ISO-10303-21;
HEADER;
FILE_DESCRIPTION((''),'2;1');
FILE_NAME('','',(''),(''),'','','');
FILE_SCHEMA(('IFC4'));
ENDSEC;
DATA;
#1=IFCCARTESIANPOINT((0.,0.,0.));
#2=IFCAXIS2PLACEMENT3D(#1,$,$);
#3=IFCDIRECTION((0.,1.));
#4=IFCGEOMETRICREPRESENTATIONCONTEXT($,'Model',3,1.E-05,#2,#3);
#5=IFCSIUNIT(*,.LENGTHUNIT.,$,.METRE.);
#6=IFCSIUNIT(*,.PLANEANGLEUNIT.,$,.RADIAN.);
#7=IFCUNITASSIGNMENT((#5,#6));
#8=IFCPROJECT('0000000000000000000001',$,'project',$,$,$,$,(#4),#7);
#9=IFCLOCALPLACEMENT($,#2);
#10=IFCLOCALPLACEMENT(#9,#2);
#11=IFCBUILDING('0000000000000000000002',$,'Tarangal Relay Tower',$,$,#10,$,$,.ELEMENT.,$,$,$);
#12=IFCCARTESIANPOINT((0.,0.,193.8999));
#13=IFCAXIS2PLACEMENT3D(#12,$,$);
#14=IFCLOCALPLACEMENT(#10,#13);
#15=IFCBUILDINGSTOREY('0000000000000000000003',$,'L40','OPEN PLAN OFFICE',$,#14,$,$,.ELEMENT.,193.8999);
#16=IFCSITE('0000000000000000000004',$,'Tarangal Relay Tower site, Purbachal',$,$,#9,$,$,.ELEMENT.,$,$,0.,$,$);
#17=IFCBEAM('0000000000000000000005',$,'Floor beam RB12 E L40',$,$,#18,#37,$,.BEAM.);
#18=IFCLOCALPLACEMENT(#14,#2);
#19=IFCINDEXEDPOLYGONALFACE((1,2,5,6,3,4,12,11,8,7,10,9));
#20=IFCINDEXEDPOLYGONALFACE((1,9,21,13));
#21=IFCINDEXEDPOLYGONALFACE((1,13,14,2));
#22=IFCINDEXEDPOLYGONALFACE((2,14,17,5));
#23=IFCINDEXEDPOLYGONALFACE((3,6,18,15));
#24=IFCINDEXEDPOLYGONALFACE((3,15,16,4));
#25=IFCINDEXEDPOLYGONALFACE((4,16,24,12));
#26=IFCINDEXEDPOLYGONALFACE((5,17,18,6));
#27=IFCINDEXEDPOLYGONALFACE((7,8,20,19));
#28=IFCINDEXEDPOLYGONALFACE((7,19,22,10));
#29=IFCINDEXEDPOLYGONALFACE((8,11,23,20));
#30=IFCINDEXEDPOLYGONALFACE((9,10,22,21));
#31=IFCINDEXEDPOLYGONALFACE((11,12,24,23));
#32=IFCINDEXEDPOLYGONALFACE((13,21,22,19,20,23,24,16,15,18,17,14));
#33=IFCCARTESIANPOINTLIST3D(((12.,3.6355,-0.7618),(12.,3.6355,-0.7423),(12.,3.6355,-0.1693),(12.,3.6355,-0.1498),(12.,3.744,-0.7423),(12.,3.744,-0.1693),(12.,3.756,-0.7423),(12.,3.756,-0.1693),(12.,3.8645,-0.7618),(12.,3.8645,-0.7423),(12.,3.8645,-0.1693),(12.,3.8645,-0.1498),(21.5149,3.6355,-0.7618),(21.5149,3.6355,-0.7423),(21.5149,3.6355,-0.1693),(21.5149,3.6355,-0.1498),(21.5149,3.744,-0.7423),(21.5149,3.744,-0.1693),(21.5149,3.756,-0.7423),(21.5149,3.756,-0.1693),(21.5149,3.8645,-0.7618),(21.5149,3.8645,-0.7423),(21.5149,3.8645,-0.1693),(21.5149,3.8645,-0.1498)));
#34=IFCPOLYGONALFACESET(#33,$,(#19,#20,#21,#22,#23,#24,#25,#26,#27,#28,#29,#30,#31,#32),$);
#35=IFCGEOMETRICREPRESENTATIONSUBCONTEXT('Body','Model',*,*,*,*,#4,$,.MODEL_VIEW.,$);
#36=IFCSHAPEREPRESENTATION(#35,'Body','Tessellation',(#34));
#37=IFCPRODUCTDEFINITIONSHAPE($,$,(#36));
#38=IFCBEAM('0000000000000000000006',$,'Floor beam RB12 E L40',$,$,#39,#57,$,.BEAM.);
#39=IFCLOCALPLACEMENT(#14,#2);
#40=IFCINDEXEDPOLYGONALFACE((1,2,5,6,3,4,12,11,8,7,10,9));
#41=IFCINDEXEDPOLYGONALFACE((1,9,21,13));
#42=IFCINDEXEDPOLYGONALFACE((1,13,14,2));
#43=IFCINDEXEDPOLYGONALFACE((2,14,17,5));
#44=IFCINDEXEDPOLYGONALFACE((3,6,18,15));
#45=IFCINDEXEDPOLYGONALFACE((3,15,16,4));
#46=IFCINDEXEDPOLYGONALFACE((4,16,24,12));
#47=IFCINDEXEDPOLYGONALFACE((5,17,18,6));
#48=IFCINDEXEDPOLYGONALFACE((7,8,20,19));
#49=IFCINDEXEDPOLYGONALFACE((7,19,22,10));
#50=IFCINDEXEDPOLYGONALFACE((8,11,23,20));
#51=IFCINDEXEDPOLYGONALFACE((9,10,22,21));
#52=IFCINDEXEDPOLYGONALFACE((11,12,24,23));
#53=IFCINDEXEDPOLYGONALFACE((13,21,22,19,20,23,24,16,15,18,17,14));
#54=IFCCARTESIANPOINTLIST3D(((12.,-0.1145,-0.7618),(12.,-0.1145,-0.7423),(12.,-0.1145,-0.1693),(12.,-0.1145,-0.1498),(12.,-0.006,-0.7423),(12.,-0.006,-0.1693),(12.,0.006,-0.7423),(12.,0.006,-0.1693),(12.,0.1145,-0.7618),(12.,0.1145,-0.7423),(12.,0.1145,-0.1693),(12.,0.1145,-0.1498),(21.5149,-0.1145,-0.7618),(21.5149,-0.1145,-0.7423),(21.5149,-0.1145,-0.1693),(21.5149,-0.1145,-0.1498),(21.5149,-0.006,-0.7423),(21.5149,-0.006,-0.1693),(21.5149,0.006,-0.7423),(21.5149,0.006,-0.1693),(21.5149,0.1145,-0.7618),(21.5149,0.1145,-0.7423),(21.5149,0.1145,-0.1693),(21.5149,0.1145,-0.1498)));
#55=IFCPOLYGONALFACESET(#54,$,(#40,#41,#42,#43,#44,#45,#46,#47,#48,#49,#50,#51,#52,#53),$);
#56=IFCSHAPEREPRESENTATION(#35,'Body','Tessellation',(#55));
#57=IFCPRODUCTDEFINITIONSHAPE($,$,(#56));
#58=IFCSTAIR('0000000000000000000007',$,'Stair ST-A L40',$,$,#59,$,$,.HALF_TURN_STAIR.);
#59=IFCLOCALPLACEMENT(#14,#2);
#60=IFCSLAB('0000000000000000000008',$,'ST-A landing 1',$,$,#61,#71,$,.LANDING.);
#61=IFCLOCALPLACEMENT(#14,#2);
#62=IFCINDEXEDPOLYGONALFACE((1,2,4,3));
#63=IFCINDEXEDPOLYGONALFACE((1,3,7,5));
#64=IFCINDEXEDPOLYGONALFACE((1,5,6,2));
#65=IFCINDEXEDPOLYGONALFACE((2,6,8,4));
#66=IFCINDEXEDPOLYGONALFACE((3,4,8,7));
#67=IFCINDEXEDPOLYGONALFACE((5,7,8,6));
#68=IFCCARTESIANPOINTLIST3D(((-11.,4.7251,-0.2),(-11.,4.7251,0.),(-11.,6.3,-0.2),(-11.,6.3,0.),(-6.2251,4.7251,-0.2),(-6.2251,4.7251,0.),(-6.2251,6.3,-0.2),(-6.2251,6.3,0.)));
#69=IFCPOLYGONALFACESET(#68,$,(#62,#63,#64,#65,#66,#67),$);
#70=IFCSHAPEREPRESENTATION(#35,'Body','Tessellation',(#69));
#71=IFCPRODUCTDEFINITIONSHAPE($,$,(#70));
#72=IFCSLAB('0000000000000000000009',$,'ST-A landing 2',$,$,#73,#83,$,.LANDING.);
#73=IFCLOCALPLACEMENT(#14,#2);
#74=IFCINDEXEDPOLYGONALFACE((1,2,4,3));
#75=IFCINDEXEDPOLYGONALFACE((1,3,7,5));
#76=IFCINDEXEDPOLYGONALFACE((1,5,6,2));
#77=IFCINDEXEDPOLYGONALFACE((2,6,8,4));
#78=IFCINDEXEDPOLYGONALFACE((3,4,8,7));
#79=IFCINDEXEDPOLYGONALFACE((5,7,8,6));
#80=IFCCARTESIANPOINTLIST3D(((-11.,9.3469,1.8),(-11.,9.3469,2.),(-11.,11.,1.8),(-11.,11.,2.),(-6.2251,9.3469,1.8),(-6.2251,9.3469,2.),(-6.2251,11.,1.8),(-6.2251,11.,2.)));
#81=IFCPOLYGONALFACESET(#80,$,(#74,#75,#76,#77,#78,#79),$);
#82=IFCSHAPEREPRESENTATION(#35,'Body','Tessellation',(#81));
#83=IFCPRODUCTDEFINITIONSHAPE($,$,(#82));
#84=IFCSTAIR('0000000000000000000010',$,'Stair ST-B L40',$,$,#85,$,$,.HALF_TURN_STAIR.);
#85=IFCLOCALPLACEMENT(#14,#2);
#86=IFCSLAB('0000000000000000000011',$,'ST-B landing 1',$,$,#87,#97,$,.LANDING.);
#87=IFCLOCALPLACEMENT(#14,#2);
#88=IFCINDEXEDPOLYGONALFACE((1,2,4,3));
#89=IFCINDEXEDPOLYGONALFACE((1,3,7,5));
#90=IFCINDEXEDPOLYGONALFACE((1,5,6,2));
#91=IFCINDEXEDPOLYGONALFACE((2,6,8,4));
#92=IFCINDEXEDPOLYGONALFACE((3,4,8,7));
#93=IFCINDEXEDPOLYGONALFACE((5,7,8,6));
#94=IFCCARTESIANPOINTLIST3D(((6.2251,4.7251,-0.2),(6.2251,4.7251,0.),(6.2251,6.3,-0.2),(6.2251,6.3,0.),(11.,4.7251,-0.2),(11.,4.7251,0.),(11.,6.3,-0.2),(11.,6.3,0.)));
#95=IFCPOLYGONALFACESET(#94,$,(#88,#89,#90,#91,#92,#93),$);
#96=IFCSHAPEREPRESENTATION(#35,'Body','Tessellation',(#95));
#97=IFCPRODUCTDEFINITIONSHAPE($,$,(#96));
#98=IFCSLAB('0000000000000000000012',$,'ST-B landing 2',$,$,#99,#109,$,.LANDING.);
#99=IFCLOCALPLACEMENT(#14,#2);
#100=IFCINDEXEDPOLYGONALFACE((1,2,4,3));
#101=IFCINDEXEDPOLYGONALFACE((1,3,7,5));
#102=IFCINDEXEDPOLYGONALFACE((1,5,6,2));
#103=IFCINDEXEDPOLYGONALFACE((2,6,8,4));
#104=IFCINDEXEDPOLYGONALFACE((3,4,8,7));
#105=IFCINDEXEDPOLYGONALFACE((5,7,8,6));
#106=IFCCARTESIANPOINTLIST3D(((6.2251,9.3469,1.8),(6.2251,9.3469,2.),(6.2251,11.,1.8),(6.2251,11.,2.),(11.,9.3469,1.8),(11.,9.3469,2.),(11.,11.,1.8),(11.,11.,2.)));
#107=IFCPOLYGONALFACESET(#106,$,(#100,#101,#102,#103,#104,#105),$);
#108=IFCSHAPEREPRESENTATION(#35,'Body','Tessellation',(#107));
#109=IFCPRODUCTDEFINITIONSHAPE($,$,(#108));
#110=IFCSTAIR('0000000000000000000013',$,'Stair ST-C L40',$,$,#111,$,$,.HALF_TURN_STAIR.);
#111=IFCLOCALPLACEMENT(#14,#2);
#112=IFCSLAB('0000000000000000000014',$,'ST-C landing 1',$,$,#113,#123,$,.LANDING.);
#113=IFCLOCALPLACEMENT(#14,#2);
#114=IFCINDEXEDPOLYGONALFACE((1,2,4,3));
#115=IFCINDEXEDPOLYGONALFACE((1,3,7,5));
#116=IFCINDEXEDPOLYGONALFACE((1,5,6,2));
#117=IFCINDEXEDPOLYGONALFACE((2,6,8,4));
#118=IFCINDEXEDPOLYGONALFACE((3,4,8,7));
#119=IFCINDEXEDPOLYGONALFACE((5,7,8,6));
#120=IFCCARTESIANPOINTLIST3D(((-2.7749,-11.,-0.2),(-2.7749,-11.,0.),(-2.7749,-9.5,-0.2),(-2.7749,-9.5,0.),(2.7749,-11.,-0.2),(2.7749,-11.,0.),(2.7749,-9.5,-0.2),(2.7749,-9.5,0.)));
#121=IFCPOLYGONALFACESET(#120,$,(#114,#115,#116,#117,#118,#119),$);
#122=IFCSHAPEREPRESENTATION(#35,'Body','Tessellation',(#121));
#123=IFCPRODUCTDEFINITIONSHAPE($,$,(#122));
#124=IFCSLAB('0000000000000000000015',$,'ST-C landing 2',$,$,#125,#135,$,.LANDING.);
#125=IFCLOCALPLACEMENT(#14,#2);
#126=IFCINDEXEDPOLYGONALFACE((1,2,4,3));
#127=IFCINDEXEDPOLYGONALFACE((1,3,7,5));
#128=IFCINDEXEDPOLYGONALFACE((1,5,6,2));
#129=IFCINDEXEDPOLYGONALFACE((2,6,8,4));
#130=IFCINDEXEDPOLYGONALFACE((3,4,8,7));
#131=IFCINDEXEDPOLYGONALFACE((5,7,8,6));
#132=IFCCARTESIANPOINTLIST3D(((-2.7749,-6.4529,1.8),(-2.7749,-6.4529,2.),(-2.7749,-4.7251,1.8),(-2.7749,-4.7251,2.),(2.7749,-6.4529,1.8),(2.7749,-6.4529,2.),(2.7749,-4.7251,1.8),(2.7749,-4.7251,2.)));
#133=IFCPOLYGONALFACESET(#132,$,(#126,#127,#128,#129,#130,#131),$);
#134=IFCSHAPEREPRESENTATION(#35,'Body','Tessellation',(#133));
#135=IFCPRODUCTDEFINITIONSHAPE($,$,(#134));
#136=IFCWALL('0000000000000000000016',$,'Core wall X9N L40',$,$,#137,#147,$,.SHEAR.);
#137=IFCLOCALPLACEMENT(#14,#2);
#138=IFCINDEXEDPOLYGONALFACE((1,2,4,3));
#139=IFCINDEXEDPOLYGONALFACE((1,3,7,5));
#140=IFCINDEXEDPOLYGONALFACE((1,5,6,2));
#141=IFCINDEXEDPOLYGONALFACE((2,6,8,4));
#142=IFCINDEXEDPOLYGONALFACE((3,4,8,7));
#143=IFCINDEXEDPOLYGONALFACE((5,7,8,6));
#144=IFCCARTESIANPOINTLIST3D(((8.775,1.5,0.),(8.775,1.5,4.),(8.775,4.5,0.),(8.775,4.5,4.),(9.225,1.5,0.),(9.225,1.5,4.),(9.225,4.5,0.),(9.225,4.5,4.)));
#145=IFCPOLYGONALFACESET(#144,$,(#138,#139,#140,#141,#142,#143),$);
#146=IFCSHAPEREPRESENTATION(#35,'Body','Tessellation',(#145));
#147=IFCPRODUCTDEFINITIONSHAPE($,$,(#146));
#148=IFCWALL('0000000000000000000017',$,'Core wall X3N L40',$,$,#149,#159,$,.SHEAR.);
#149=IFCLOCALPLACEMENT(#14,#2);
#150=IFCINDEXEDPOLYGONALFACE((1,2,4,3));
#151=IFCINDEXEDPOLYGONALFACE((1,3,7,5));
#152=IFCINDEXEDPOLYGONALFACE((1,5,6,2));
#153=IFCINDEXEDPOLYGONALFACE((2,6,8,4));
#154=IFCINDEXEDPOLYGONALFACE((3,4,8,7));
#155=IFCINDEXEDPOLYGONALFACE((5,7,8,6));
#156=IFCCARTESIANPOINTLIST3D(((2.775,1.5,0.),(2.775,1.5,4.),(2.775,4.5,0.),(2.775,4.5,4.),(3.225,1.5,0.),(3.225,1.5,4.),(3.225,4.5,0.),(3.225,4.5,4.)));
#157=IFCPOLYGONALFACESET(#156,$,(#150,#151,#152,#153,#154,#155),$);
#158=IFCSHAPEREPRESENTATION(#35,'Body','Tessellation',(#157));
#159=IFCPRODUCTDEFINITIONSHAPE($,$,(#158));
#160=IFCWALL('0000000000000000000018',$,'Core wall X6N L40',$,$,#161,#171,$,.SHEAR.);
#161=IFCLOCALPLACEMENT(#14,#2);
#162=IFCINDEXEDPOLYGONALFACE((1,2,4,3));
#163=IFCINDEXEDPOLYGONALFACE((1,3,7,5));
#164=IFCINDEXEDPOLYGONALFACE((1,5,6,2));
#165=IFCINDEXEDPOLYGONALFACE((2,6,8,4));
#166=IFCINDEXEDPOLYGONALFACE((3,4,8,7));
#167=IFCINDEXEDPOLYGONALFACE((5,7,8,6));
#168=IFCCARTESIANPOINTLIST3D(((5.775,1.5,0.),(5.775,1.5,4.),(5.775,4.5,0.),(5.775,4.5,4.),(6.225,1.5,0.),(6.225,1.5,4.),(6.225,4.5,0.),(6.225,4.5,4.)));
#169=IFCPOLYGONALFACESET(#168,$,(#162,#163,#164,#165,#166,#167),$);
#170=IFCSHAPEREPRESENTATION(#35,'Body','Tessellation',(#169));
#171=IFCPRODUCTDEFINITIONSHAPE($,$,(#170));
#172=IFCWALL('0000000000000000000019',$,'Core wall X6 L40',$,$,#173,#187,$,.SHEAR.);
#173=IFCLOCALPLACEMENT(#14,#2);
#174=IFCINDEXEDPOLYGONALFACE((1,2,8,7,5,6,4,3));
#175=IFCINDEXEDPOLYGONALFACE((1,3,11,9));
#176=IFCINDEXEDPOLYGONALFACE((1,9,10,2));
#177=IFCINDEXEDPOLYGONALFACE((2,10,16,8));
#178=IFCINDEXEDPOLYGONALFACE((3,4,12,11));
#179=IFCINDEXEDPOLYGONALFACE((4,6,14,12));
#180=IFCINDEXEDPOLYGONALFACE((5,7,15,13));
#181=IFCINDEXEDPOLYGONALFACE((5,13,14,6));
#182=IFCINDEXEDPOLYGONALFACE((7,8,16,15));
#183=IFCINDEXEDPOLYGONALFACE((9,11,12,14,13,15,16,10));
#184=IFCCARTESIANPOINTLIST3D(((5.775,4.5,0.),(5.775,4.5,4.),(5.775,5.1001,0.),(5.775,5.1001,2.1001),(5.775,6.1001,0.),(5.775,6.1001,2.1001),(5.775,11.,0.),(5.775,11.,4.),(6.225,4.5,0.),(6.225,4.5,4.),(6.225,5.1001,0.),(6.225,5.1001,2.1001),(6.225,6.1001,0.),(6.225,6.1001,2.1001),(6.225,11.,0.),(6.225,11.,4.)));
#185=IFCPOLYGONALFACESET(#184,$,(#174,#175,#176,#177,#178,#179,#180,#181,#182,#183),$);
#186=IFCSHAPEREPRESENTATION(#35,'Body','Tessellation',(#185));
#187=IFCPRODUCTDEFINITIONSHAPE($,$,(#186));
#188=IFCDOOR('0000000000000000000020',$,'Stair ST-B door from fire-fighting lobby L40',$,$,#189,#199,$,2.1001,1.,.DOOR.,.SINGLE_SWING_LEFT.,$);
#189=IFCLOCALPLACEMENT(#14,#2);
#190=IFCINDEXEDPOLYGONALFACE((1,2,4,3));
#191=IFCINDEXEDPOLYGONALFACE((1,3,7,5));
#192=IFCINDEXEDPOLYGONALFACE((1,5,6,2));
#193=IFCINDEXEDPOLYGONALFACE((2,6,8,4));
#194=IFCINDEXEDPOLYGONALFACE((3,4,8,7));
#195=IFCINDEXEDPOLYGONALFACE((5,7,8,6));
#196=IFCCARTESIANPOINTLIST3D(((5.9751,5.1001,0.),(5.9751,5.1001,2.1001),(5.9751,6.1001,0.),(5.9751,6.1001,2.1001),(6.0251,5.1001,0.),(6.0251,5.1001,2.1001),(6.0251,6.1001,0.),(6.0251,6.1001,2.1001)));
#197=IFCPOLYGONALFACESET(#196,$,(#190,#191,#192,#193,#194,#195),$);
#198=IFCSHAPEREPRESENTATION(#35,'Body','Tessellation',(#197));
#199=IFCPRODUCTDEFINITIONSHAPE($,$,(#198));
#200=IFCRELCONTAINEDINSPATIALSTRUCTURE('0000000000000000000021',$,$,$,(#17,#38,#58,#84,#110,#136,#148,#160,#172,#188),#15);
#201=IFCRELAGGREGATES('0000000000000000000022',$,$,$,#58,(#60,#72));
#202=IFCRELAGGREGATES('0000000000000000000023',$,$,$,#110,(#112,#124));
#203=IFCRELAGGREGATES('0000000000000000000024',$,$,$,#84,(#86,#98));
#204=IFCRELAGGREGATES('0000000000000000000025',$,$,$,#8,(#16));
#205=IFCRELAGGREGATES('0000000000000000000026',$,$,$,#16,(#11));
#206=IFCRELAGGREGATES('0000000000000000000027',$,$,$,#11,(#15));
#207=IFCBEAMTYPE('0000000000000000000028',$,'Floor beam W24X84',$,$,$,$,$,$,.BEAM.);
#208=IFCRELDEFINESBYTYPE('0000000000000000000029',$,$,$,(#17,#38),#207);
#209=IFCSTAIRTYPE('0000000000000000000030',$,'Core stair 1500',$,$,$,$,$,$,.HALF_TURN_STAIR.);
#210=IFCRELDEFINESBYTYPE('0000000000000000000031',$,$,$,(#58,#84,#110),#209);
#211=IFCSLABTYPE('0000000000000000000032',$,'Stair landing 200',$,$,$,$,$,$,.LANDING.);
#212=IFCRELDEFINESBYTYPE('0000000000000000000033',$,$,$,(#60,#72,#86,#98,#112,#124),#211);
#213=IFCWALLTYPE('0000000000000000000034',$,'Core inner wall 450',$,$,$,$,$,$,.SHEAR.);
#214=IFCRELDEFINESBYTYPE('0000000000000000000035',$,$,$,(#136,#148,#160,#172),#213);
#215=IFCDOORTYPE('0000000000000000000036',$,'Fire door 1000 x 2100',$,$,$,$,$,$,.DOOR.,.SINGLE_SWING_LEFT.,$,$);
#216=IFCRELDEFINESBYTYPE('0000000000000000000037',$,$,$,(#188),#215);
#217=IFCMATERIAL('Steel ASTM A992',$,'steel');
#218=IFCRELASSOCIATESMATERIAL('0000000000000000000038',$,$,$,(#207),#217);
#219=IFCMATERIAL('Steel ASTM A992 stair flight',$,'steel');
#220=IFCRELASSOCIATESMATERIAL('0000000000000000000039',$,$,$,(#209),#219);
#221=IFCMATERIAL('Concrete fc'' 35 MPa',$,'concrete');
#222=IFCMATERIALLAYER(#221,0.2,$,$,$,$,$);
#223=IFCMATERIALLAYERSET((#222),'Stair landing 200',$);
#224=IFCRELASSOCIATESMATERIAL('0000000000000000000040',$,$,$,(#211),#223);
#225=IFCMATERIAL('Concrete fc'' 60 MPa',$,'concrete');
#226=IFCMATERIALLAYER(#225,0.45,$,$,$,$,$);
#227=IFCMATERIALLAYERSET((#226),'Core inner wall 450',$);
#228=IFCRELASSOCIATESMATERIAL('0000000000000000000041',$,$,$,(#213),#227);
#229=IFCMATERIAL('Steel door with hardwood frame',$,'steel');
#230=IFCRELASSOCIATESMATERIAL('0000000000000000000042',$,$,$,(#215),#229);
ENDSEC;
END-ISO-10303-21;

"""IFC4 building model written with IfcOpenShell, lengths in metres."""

from ifc_helpers import new_model, si_unit, direction, frame, frame_2d, origin, origin_2d, place, context, subcontext, project, spatial, polyline, rectangle, i_section, outline, extrude, material, layer, layer_set, material_profile, profile_set, type_object, element, fill, aggregate, save


model = new_model("IFC4")

# Units and contexts
model_context = context("Model", 3, precision=1e-05, world=origin(), true_north=direction((0.0, 1.0)))
body_context = subcontext(model_context, "Body", "Model", "MODEL_VIEW")
ifc_project = project(units=[si_unit("LENGTHUNIT", "METRE"), si_unit("PLANEANGLEUNIT", "RADIAN")], contexts=[model_context])

# Site, building, storey
site_placement = place(None, origin())
site = spatial("IfcSite", under=ifc_project, at=site_placement, Name="Tarangal Relay Tower site, Purbachal", CompositionType="ELEMENT", RefElevation=0.0)
building_placement = place(site_placement, origin())
building = spatial("IfcBuilding", under=site, at=building_placement, Name="Tarangal Relay Tower", CompositionType="ELEMENT")
storey_placement = place(building_placement, frame((0.0, 0.0, 193.8999)))
storey = spatial("IfcBuildingStorey", under=building, at=storey_placement, Name="L40", Description="OPEN PLAN OFFICE", CompositionType="ELEMENT", Elevation=193.8999)

# Beams
ifc_material_1 = material(Name="Steel ASTM A992", Category="steel")
ifc_material_profile = material_profile(ifc_material_1, i_section(OverallWidth=0.229, OverallDepth=0.6121, WebThickness=0.012, FlangeThickness=0.0195, at=origin_2d()), Name="W24X84")
ifc_profile_set = profile_set([ifc_material_profile], Name="Steel ASTM A992")
beam_type = type_object("IfcBeamType", Name="Floor beam W24X84", PredefinedType="BEAM", material=ifc_profile_set)
for number, where, z_axis, x_axis, name in (
    (1, (12.0, 3.75, -0.4558), (1.0, 0.0, 0.0), (0.0, 1.0, 0.0), "Floor beam RB12 E L40"),
    (2, (12.0, 0.0, -0.4558), (1.0, 0.0, 0.0), (0.0, 1.0, 0.0), "Floor beam RB12 E L40"),
):
    element("IfcBeam", number, at=place(storey_placement, frame(where, z_axis=z_axis, x_axis=x_axis)), inside=storey, type_object=beam_type, Name=name, PredefinedType="BEAM", context=body_context, shape_type="SweptSolid", body=[
        extrude(i_section(OverallWidth=0.229, OverallDepth=0.6121, WebThickness=0.012, FlangeThickness=0.0195, at=origin_2d()), origin(), (0.0, 0.0, 1.0), 9.5149),
    ])

# Stairs, slabs
ifc_material_2 = material(Name="Steel ASTM A992 stair flight", Category="steel")
stair_type = type_object("IfcStairType", Name="Core stair 1500", PredefinedType="HALF_TURN_STAIR", material=ifc_material_2)
stair_1_placement = place(storey_placement, origin())
stair_1 = element("IfcStair", 3, at=stair_1_placement, inside=storey, type_object=stair_type, Name="Stair ST-A L40", PredefinedType="HALF_TURN_STAIR")
ifc_material_3 = material(Name="Concrete fc' 35 MPa", Category="concrete")
ifc_layer_1 = layer(ifc_material_3, 0.2)
ifc_layer_set_1 = layer_set([ifc_layer_1], Name="Stair landing 200")
slab_type = type_object("IfcSlabType", Name="Stair landing 200", PredefinedType="LANDING", material=ifc_layer_set_1)
slab_1_placement = place(storey_placement, frame((0.0, 0.0, -0.2)))
slab_1 = element("IfcSlab", 4, at=slab_1_placement, type_object=slab_type, Name="ST-A landing 1", PredefinedType="LANDING", context=body_context, shape_type="SweptSolid", body=[
    extrude(outline(polyline([(-11.0, 4.7251), (-6.2251, 4.7251), (-6.2251, 6.3), (-11.0, 6.3), (-11.0, 4.7251)])), origin(), (0.0, 0.0, 1.0), 0.2),
])
slab_2_placement = place(storey_placement, frame((0.0, 0.0, 1.8)))
slab_2 = element("IfcSlab", 5, at=slab_2_placement, type_object=slab_type, Name="ST-A landing 2", PredefinedType="LANDING", context=body_context, shape_type="SweptSolid", body=[
    extrude(outline(polyline([(-11.0, 9.3469), (-6.2251, 9.3469), (-6.2251, 11.0), (-11.0, 11.0), (-11.0, 9.3469)])), origin(), (0.0, 0.0, 1.0), 0.2),
])
aggregate(stair_1, [slab_1, slab_2])
stair_2_placement = place(storey_placement, origin())
stair_2 = element("IfcStair", 6, at=stair_2_placement, inside=storey, type_object=stair_type, Name="Stair ST-B L40", PredefinedType="HALF_TURN_STAIR")
slab_3_placement = place(storey_placement, frame((0.0, 0.0, -0.2)))
slab_3 = element("IfcSlab", 7, at=slab_3_placement, type_object=slab_type, Name="ST-B landing 1", PredefinedType="LANDING", context=body_context, shape_type="SweptSolid", body=[
    extrude(outline(polyline([(6.2251, 4.7251), (11.0, 4.7251), (11.0, 6.3), (6.2251, 6.3), (6.2251, 4.7251)])), origin(), (0.0, 0.0, 1.0), 0.2),
])
slab_4_placement = place(storey_placement, frame((0.0, 0.0, 1.8)))
slab_4 = element("IfcSlab", 8, at=slab_4_placement, type_object=slab_type, Name="ST-B landing 2", PredefinedType="LANDING", context=body_context, shape_type="SweptSolid", body=[
    extrude(outline(polyline([(6.2251, 9.3469), (11.0, 9.3469), (11.0, 11.0), (6.2251, 11.0), (6.2251, 9.3469)])), origin(), (0.0, 0.0, 1.0), 0.2),
])
stair_3_placement = place(storey_placement, origin())
stair_3 = element("IfcStair", 9, at=stair_3_placement, inside=storey, type_object=stair_type, Name="Stair ST-C L40", PredefinedType="HALF_TURN_STAIR")
slab_5_placement = place(storey_placement, frame((0.0, 0.0, -0.2)))
slab_5 = element("IfcSlab", 10, at=slab_5_placement, type_object=slab_type, Name="ST-C landing 1", PredefinedType="LANDING", context=body_context, shape_type="SweptSolid", body=[
    extrude(outline(polyline([(-2.7749, -11.0), (2.7749, -11.0), (2.7749, -9.5), (-2.7749, -9.5), (-2.7749, -11.0)])), origin(), (0.0, 0.0, 1.0), 0.2),
])
slab_6_placement = place(storey_placement, frame((0.0, 0.0, 1.8)))
slab_6 = element("IfcSlab", 11, at=slab_6_placement, type_object=slab_type, Name="ST-C landing 2", PredefinedType="LANDING", context=body_context, shape_type="SweptSolid", body=[
    extrude(outline(polyline([(-2.7749, -6.4529), (2.7749, -6.4529), (2.7749, -4.7251), (-2.7749, -4.7251), (-2.7749, -6.4529)])), origin(), (0.0, 0.0, 1.0), 0.2),
])
aggregate(stair_3, [slab_5, slab_6])

# Walls
ifc_material_4 = material(Name="Concrete fc' 60 MPa", Category="concrete")
ifc_layer_2 = layer(ifc_material_4, 0.45)
ifc_layer_set_2 = layer_set([ifc_layer_2], Name="Core inner wall 450")
wall_type_1 = type_object("IfcWallType", Name="Core inner wall 450", PredefinedType="SHEAR", material=ifc_layer_set_2)
for number, where, z_axis, x_axis, name in (
    (12, (9.0, 1.5, 0.0), (0.0, 0.0, 1.0), (0.0, 1.0, 0.0), "Core wall X9N L40"),
    (13, (3.0, 1.5, 0.0), (0.0, 0.0, 1.0), (0.0, 1.0, 0.0), "Core wall X3N L40"),
    (14, (6.0, 1.5, 0.0), (0.0, 0.0, 1.0), (0.0, 1.0, 0.0), "Core wall X6N L40"),
):
    element("IfcWall", number, at=place(storey_placement, frame(where, z_axis=z_axis, x_axis=x_axis)), inside=storey, type_object=wall_type_1, Name=name, PredefinedType="SHEAR", context=body_context, shape_type="SweptSolid", body=[
        extrude(rectangle(XDim=3.0, YDim=0.45, at=frame_2d((1.5, 0.0))), origin(), (0.0, 0.0, 1.0), 4.0),
    ])

# Wall, opening, door
wall_1_placement = place(storey_placement, frame((6.0, 4.5, 0.0), z_axis=(0.0, 0.0, 1.0), x_axis=(0.0, 1.0, 0.0)))
wall_1 = element("IfcWall", 15, at=wall_1_placement, inside=storey, type_object=wall_type_1, Name="Core wall X6 L40", PredefinedType="SHEAR", context=body_context, shape_type="SweptSolid", body=[
    extrude(rectangle(XDim=6.5, YDim=0.45, at=frame_2d((3.25, 0.0))), origin(), (0.0, 0.0, 1.0), 4.0),
])
opening_1_placement = place(wall_1_placement, frame((0.6001, 0.0, 0.0)))
opening_1 = element("IfcOpeningElement", 16, at=opening_1_placement, cuts=wall_1, PredefinedType="OPENING", context=body_context, shape_type="SweptSolid", body=[
    extrude(rectangle(XDim=1.0, YDim=2.1001, at=frame_2d((0.5, 1.05))), frame((0.0, 0.2349, 0.0), z_axis=(0.0, -1.0, 0.0), x_axis=(1.0, 0.0, 0.0)), (0.0, 0.0, 1.0), 0.47),
])
ifc_material_5 = material(Name="Steel door with hardwood frame", Category="steel")
door_type_1 = type_object("IfcDoorType", Name="Fire door 1000 x 2100", OperationType="SINGLE_SWING_LEFT", PredefinedType="DOOR", material=ifc_material_5)
door_1_placement = place(opening_1_placement, origin())
door_1 = element("IfcDoor", 17, at=door_1_placement, inside=storey, type_object=door_type_1, Name="Stair ST-B door from fire-fighting lobby L40", OperationType="SINGLE_SWING_LEFT", OverallHeight=2.1001, OverallWidth=1.0, PredefinedType="DOOR", context=body_context, shape_type="SweptSolid", body=[
    extrude(rectangle(XDim=1.0, YDim=2.1001, at=frame_2d((0.5, 1.05))), frame((0.0, 0.0249, 0.0), z_axis=(0.0, -1.0, 0.0), x_axis=(1.0, 0.0, 0.0)), (0.0, 0.0, 1.0), 0.05),
])
fill(opening_1, door_1)

aggregate(stair_2, [slab_3, slab_4])

save(model, "model.ifc")
